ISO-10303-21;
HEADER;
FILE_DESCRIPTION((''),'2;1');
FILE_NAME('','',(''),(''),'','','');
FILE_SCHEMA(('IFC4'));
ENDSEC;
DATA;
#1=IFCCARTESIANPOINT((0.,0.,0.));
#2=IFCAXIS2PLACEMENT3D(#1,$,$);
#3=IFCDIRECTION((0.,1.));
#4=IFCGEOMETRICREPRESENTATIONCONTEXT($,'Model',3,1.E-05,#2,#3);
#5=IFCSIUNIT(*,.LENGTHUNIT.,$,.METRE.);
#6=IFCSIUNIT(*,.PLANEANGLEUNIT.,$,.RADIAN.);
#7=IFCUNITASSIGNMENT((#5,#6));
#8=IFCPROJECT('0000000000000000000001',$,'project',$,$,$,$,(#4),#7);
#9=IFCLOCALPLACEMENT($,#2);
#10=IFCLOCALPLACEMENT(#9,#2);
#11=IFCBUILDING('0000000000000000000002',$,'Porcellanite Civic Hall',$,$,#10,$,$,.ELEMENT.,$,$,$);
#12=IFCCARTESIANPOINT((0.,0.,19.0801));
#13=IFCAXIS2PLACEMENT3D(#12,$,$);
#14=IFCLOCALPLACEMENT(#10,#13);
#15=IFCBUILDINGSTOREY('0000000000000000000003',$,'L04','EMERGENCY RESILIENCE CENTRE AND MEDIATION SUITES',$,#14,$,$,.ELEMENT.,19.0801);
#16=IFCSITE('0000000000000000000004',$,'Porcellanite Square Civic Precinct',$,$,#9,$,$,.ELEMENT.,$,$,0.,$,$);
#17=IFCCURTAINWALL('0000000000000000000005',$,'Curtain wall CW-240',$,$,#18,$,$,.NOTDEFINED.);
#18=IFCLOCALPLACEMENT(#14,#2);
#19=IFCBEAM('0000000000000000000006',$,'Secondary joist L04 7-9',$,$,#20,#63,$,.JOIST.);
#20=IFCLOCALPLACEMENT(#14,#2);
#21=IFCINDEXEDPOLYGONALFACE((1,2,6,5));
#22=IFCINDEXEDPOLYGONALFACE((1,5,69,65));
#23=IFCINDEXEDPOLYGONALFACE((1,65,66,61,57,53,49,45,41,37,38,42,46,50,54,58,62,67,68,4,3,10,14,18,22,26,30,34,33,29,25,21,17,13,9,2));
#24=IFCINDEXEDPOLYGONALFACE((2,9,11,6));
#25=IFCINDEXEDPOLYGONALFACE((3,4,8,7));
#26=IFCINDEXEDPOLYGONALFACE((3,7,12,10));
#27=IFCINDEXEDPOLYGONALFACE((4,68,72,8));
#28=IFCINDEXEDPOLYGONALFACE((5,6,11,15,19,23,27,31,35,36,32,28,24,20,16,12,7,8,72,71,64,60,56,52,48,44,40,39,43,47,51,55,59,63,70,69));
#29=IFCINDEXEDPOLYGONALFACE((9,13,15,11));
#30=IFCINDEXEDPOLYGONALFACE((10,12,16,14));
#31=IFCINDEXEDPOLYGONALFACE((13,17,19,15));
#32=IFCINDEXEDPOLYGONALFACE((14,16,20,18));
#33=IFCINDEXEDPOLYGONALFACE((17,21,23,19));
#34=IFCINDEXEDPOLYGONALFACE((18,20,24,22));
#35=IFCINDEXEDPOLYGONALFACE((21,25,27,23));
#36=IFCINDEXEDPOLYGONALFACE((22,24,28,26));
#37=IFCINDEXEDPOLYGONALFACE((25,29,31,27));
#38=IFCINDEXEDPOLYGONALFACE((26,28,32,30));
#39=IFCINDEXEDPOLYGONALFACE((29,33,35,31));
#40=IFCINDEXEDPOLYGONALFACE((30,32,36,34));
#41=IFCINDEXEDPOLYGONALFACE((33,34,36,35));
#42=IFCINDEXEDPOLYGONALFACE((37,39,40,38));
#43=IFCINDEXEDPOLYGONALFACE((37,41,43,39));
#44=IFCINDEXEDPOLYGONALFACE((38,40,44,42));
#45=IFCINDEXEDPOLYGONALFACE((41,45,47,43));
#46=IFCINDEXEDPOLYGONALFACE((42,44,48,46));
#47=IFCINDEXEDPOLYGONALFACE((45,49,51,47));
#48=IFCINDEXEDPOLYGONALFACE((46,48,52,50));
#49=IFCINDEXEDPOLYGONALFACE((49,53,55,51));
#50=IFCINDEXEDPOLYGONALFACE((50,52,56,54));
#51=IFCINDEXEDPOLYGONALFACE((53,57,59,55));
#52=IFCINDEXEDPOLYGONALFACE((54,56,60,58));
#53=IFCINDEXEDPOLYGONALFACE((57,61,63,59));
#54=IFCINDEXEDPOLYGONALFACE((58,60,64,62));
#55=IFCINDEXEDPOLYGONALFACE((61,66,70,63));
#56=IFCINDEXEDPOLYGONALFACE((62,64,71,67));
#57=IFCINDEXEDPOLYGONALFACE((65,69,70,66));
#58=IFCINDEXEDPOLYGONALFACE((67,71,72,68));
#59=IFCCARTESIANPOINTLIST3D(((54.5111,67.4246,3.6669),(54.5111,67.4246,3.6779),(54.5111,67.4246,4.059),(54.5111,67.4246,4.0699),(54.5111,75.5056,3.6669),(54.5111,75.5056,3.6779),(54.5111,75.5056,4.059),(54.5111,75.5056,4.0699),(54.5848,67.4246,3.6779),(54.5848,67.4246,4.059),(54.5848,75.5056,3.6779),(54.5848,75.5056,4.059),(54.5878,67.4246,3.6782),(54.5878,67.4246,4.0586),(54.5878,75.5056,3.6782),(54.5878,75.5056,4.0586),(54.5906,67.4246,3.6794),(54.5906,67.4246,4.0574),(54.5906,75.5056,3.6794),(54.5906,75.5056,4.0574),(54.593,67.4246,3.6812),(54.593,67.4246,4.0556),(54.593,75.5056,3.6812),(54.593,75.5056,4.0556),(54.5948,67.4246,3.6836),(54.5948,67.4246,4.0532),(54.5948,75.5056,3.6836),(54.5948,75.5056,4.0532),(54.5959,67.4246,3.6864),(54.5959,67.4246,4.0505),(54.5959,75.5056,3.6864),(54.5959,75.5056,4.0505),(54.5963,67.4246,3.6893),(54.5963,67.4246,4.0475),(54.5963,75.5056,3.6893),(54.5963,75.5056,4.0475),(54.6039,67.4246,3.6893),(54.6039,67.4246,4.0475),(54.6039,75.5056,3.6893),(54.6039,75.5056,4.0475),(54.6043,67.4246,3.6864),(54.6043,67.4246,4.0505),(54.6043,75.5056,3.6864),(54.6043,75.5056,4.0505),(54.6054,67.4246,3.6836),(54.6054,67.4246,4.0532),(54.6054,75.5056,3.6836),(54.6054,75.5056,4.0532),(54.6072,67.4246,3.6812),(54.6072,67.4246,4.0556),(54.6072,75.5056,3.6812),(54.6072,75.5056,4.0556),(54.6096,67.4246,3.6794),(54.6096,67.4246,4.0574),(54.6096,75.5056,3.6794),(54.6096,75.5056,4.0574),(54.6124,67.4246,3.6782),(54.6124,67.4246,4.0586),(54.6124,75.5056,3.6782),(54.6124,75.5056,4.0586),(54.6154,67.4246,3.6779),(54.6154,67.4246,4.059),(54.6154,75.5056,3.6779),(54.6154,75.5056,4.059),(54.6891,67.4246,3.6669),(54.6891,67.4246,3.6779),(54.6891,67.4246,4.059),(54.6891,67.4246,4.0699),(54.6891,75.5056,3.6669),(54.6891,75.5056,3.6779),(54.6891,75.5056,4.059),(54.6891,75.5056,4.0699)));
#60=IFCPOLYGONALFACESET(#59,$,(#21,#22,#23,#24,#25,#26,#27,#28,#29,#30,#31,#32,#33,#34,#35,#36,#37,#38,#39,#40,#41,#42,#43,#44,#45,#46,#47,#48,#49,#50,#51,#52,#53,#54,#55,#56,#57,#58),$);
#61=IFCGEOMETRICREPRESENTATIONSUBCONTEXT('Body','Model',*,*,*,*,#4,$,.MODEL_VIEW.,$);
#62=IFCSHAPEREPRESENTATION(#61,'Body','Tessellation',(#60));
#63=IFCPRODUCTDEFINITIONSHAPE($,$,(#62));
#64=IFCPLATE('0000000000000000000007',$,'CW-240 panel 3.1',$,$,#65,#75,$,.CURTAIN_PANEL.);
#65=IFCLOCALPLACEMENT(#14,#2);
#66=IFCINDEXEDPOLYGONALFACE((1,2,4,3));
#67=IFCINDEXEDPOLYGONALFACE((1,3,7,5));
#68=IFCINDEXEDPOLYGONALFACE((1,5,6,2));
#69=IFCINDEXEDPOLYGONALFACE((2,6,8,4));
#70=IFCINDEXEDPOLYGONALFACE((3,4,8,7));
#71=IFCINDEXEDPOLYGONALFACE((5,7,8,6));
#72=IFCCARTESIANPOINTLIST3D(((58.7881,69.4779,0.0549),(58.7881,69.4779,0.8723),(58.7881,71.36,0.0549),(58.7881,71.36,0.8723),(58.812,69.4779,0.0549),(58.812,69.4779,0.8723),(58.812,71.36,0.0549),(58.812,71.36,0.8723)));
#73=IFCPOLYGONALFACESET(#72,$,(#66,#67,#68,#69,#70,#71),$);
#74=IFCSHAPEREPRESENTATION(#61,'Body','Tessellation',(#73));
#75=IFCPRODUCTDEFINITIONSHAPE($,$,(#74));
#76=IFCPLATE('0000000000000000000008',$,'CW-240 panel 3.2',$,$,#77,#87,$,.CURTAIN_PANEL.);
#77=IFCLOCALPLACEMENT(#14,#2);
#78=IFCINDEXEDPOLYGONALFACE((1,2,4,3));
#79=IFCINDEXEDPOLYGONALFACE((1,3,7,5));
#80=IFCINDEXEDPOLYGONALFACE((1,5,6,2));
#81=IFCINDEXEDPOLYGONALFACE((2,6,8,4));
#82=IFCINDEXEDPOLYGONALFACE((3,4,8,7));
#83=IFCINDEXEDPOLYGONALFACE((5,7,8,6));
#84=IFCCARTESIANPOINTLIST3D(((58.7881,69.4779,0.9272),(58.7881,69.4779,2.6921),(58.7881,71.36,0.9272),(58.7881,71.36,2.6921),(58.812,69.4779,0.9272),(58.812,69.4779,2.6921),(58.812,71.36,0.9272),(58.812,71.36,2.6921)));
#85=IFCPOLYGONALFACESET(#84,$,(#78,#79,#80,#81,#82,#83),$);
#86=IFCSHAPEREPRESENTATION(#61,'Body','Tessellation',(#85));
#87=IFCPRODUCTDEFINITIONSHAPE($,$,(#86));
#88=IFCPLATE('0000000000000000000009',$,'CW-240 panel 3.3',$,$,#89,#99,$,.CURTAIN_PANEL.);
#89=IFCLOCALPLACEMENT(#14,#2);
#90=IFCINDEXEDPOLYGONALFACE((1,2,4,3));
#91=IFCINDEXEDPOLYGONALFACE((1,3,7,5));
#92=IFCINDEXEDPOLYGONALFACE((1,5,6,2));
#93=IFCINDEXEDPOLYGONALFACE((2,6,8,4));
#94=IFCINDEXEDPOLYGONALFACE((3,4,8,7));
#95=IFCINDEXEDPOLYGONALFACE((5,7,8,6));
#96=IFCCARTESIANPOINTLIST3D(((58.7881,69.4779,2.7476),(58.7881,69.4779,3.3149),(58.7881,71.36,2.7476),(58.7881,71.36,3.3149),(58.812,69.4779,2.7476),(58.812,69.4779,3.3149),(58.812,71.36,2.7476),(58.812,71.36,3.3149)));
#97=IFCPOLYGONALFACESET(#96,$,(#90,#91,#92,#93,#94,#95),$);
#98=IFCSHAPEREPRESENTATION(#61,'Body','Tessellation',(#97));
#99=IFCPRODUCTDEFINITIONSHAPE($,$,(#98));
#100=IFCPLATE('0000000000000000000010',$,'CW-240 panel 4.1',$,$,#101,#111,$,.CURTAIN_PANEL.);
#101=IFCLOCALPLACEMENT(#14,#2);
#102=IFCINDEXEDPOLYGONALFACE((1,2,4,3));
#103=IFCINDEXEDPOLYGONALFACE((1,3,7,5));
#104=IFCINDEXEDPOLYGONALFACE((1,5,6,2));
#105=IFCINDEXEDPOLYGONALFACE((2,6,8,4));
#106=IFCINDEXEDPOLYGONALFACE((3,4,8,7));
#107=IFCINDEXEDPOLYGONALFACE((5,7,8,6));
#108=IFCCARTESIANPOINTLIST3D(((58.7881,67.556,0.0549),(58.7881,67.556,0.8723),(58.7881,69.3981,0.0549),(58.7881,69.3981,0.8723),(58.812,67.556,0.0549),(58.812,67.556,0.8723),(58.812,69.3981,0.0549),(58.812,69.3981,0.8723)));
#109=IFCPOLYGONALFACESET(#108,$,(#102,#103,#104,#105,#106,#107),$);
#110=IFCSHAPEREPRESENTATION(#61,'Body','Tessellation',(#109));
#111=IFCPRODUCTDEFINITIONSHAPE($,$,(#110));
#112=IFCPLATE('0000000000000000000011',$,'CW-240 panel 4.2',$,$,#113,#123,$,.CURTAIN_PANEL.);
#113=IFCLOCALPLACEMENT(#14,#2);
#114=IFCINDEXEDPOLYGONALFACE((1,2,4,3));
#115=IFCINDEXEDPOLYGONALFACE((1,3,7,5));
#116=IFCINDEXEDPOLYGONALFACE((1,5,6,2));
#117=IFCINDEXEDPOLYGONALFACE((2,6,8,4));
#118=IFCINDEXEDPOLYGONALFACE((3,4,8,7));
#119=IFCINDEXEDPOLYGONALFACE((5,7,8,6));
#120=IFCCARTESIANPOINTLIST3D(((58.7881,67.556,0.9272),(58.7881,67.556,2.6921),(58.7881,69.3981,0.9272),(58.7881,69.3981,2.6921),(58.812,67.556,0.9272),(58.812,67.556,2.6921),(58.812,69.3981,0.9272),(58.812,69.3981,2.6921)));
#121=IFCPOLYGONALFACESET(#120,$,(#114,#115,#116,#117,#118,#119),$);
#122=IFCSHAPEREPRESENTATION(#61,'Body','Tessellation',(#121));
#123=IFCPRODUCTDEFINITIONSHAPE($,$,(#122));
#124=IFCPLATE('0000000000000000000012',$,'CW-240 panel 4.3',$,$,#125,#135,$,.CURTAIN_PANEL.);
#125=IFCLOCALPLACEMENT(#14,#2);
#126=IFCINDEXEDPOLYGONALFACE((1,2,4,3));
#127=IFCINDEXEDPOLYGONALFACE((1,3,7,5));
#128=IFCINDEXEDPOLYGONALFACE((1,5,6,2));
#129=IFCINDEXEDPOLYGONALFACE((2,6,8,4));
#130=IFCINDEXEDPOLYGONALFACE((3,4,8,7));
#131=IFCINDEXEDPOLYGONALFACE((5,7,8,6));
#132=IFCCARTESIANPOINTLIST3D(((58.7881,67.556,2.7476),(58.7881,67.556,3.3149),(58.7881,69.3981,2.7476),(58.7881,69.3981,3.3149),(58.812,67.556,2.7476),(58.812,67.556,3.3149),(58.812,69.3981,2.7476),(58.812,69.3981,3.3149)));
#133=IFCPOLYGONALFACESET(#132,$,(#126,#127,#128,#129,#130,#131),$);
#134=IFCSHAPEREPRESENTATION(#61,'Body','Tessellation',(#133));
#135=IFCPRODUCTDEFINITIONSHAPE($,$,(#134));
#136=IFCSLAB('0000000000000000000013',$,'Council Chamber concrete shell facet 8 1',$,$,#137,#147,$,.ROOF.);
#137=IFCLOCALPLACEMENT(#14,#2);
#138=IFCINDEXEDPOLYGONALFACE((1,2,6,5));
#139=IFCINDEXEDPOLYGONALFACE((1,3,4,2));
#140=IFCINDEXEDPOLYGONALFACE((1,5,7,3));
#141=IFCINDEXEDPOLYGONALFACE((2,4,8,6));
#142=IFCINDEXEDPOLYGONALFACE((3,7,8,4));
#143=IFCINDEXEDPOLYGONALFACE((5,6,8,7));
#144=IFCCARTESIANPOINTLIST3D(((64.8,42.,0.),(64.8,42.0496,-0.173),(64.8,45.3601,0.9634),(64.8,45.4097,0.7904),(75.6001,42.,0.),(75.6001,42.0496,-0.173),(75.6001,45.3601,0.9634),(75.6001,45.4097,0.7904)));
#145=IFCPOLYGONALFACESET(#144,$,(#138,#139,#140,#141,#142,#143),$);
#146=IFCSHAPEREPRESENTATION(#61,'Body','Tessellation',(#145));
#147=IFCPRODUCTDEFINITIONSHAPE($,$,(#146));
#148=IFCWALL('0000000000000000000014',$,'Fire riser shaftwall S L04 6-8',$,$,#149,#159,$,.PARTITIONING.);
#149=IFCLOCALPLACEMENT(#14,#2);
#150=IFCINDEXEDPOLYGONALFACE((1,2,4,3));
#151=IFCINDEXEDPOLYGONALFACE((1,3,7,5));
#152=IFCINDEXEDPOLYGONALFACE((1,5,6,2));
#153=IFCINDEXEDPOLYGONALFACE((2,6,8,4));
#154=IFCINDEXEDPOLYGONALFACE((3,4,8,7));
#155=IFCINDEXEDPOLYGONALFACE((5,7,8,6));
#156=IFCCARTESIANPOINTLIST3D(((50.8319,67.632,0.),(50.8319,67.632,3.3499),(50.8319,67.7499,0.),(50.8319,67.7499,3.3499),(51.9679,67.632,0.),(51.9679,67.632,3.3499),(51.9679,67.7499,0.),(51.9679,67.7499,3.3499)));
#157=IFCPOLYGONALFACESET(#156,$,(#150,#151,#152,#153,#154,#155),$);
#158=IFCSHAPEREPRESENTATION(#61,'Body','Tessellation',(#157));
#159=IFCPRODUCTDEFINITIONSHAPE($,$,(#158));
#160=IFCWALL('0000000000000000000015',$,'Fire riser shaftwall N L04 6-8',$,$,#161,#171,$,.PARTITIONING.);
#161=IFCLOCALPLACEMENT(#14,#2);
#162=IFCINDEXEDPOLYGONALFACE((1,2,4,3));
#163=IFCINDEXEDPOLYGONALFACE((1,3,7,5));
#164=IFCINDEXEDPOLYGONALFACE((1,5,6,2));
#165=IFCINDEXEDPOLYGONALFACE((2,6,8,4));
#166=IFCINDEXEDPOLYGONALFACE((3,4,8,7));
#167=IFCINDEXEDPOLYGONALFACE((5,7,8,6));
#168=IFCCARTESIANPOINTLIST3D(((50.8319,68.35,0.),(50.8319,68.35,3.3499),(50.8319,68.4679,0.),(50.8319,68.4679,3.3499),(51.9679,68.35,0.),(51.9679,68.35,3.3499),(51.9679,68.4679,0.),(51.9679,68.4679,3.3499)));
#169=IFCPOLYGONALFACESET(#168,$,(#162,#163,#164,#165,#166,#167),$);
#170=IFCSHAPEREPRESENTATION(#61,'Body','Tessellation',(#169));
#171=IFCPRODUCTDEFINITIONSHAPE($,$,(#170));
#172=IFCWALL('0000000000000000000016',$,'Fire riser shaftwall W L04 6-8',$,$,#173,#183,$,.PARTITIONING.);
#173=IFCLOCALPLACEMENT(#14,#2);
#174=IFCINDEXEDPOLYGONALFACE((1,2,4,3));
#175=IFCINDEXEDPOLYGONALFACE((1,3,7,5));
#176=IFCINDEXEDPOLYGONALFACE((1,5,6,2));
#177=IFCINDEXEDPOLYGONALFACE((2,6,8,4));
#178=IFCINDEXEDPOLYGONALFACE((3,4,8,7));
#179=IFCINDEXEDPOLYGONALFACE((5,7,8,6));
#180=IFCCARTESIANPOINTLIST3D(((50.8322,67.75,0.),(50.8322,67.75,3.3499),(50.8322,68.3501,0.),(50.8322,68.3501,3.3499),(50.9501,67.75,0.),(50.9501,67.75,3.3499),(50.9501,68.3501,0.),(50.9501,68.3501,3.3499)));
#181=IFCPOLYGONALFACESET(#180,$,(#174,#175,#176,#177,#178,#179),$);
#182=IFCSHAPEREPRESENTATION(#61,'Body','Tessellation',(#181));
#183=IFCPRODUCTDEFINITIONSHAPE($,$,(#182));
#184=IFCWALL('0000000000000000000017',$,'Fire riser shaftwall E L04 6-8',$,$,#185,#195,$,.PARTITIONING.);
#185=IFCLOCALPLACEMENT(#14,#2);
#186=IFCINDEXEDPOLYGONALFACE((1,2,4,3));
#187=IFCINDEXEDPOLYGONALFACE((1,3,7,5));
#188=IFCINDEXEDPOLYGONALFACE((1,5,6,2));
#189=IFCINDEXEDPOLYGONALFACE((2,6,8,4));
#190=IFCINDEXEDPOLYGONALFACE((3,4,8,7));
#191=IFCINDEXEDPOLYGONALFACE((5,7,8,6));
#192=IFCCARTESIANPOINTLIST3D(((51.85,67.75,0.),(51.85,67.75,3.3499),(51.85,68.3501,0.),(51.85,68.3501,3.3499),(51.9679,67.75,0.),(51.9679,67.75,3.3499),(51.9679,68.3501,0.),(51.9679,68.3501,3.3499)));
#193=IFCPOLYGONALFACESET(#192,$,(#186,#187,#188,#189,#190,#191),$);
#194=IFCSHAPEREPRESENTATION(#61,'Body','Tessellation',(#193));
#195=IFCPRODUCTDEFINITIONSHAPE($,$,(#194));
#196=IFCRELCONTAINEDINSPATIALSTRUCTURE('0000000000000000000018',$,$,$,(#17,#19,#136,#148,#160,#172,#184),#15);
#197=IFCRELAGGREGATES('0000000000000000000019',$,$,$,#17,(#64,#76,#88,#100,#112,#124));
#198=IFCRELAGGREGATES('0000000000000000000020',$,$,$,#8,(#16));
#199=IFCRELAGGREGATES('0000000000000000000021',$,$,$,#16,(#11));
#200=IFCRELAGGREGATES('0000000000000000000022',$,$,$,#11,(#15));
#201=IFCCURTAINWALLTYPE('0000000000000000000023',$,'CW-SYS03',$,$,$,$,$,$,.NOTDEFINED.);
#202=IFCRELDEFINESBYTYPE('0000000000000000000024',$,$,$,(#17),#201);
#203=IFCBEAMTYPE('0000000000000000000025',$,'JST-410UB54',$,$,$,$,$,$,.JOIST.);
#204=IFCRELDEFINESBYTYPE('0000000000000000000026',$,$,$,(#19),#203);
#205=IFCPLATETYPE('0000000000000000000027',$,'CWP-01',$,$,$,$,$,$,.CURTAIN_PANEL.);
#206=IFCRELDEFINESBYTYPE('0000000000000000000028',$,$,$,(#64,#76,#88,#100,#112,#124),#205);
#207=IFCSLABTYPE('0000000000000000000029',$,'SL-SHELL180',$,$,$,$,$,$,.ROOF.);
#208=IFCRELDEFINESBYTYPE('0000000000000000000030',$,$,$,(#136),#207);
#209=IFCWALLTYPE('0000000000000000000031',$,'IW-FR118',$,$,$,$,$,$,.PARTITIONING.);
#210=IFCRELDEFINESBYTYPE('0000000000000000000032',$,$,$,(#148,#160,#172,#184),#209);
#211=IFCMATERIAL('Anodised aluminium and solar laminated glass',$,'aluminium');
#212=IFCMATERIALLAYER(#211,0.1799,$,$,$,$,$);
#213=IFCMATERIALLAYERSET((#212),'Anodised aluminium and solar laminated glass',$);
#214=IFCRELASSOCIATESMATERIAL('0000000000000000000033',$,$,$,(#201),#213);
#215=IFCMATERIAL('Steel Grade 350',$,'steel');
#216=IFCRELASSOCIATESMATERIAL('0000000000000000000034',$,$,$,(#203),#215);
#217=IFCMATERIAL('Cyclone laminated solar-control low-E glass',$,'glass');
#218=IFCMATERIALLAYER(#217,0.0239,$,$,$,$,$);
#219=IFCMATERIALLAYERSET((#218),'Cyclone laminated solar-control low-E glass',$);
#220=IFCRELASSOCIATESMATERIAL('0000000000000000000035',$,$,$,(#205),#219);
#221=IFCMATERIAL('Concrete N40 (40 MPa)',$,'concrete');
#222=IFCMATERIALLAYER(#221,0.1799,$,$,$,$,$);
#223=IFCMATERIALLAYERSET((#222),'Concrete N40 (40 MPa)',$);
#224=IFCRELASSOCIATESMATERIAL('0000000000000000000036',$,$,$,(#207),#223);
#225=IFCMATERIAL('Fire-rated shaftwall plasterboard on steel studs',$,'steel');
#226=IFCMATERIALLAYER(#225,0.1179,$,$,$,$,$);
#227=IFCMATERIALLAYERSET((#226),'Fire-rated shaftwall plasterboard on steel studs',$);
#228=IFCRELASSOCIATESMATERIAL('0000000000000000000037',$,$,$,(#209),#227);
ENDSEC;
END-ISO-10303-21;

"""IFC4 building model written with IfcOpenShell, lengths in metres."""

from ifc_helpers import new_model, si_unit, direction, frame, frame_2d, origin, origin_2d, place, context, subcontext, project, spatial, polyline, rectangle, i_section, outline, extrude, material, layer, layer_set, material_profile, profile_set, type_object, element, aggregate, save


model = new_model("IFC4")

# Units and contexts
model_context = context("Model", 3, precision=1e-05, world=origin(), true_north=direction((0.0, 1.0)))
body_context = subcontext(model_context, "Body", "Model", "MODEL_VIEW")
ifc_project = project(units=[si_unit("LENGTHUNIT", "METRE"), si_unit("PLANEANGLEUNIT", "RADIAN")], contexts=[model_context])

# Site, building, storey
site_placement = place(None, origin())
site = spatial("IfcSite", under=ifc_project, at=site_placement, Name="Porcellanite Square Civic Precinct", CompositionType="ELEMENT", RefElevation=0.0)
building_placement = place(site_placement, origin())
building = spatial("IfcBuilding", under=site, at=building_placement, Name="Porcellanite Civic Hall", CompositionType="ELEMENT")
storey_placement = place(building_placement, frame((0.0, 0.0, 19.0801)))
storey = spatial("IfcBuildingStorey", under=building, at=storey_placement, Name="L04", Description="EMERGENCY RESILIENCE CENTRE AND MEDIATION SUITES", CompositionType="ELEMENT", Elevation=19.0801)

# Curtain wall
ifc_material_1 = material(Name="Anodised aluminium and solar laminated glass", Category="aluminium")
ifc_layer_1 = layer(ifc_material_1, 0.1799)
ifc_layer_set_1 = layer_set([ifc_layer_1], Name="Anodised aluminium and solar laminated glass")
curtain_wall_type = type_object("IfcCurtainWallType", Name="CW-SYS03", PredefinedType="NOTDEFINED", material=ifc_layer_set_1)
curtain_wall_placement = place(storey_placement, origin())
curtain_wall = element("IfcCurtainWall", 1, at=curtain_wall_placement, inside=storey, type_object=curtain_wall_type, Name="Curtain wall CW-240", PredefinedType="NOTDEFINED")

# Beam
ifc_material_2 = material(Name="Steel Grade 350", Category="steel")
ifc_material_profile_1 = material_profile(ifc_material_2, i_section(OverallWidth=0.178, OverallDepth=0.4031, WebThickness=0.0076, FlangeThickness=0.011, FilletRadius=0.0115, at=origin_2d()), Name="410UB53.7")
ifc_profile_set_1 = profile_set([ifc_material_profile_1], Name="Steel Grade 350")
beam_type_1 = type_object("IfcBeamType", Name="JST-410UB54", PredefinedType="JOIST", material=ifc_profile_set_1)
beam_placement = place(storey_placement, frame((54.6001, 67.4246, 3.8684), z_axis=(0.0, 1.0, 0.0), x_axis=(-1.0, 0.0, 0.0)))
element("IfcBeam", 2, at=beam_placement, inside=storey, type_object=beam_type_1, Name="Secondary joist L04 7-9", PredefinedType="JOIST", context=body_context, shape_type="SweptSolid", body=[
    extrude(i_section(OverallWidth=0.178, OverallDepth=0.4031, WebThickness=0.0076, FlangeThickness=0.011, FilletRadius=0.0115, at=origin_2d()), origin(), (0.0, 0.0, 1.0), 8.0811),
])

# Plates
ifc_material_3 = material(Name="Cyclone laminated solar-control low-E glass", Category="glass")
ifc_layer_2 = layer(ifc_material_3, 0.0239)
ifc_layer_set_2 = layer_set([ifc_layer_2], Name="Cyclone laminated solar-control low-E glass")
plate_type = type_object("IfcPlateType", Name="CWP-01", PredefinedType="CURTAIN_PANEL", material=ifc_layer_set_2)
plate_1_placement = place(storey_placement, frame((58.8, 70.4189, 0.0549), z_axis=(0.0, 0.0, 1.0), x_axis=(0.0, -1.0, 0.0)))
plate_1 = element("IfcPlate", 3, at=plate_1_placement, type_object=plate_type, Name="CW-240 panel 3.1", PredefinedType="CURTAIN_PANEL", context=body_context, shape_type="SweptSolid", body=[
    extrude(rectangle(XDim=1.8821, YDim=0.0239, at=origin_2d()), origin(), (0.0, 0.0, 1.0), 0.8174),
])
plate_2_placement = place(storey_placement, frame((58.8, 70.4189, 0.9272), z_axis=(0.0, 0.0, 1.0), x_axis=(0.0, -1.0, 0.0)))
plate_2 = element("IfcPlate", 4, at=plate_2_placement, type_object=plate_type, Name="CW-240 panel 3.2", PredefinedType="CURTAIN_PANEL", context=body_context, shape_type="SweptSolid", body=[
    extrude(rectangle(XDim=1.8821, YDim=0.0239, at=origin_2d()), origin(), (0.0, 0.0, 1.0), 1.7649),
])
plate_3_placement = place(storey_placement, frame((58.8, 70.4189, 2.7476), z_axis=(0.0, 0.0, 1.0), x_axis=(0.0, -1.0, 0.0)))
plate_3 = element("IfcPlate", 5, at=plate_3_placement, type_object=plate_type, Name="CW-240 panel 3.3", PredefinedType="CURTAIN_PANEL", context=body_context, shape_type="SweptSolid", body=[
    extrude(rectangle(XDim=1.8821, YDim=0.0239, at=origin_2d()), origin(), (0.0, 0.0, 1.0), 0.5674),
])
plate_4_placement = place(storey_placement, frame((58.8, 68.4771, 0.0549), z_axis=(0.0, 0.0, 1.0), x_axis=(0.0, -1.0, 0.0)))
plate_4 = element("IfcPlate", 6, at=plate_4_placement, type_object=plate_type, Name="CW-240 panel 4.1", PredefinedType="CURTAIN_PANEL", context=body_context, shape_type="SweptSolid", body=[
    extrude(rectangle(XDim=1.842, YDim=0.0239, at=origin_2d()), origin(), (0.0, 0.0, 1.0), 0.8174),
])
plate_5_placement = place(storey_placement, frame((58.8, 68.4771, 0.9272), z_axis=(0.0, 0.0, 1.0), x_axis=(0.0, -1.0, 0.0)))
plate_5 = element("IfcPlate", 7, at=plate_5_placement, type_object=plate_type, Name="CW-240 panel 4.2", PredefinedType="CURTAIN_PANEL", context=body_context, shape_type="SweptSolid", body=[
    extrude(rectangle(XDim=1.842, YDim=0.0239, at=origin_2d()), origin(), (0.0, 0.0, 1.0), 1.7649),
])
plate_6_placement = place(storey_placement, frame((58.8, 68.4771, 2.7476), z_axis=(0.0, 0.0, 1.0), x_axis=(0.0, -1.0, 0.0)))
plate_6 = element("IfcPlate", 8, at=plate_6_placement, type_object=plate_type, Name="CW-240 panel 4.3", PredefinedType="CURTAIN_PANEL", context=body_context, shape_type="SweptSolid", body=[
    extrude(rectangle(XDim=1.842, YDim=0.0239, at=origin_2d()), origin(), (0.0, 0.0, 1.0), 0.5674),
])
aggregate(curtain_wall, [plate_1, plate_2, plate_3, plate_4, plate_5, plate_6])

# Slab
ifc_material_4 = material(Name="Concrete N40 (40 MPa)", Category="concrete")
ifc_layer_3 = layer(ifc_material_4, 0.1799)
ifc_layer_set_3 = layer_set([ifc_layer_3], Name="Concrete N40 (40 MPa)")
slab_type = type_object("IfcSlabType", Name="SL-SHELL180", PredefinedType="ROOF", material=ifc_layer_set_3)
slab_placement = place(storey_placement, frame((64.8, 42.0, 0.0), z_axis=(0.0, -0.275607, 0.961271), x_axis=(1.0, 0.0, 0.0)))
element("IfcSlab", 9, at=slab_placement, inside=storey, type_object=slab_type, Name="Council Chamber concrete shell facet 8 1", PredefinedType="ROOF", context=body_context, shape_type="SweptSolid", body=[
    extrude(outline(polyline([(0.0, 0.0), (10.8, 0.0), (10.8, 3.4955), (0.0, 3.4955), (0.0, 0.0)])), origin(), (0.0, 0.0, -1.0), 0.1799),
])

# Walls
ifc_material_5 = material(Name="Fire-rated shaftwall plasterboard on steel studs", Category="steel")
ifc_layer_4 = layer(ifc_material_5, 0.1179)
ifc_layer_set_4 = layer_set([ifc_layer_4], Name="Fire-rated shaftwall plasterboard on steel studs")
wall_type_1 = type_object("IfcWallType", Name="IW-FR118", PredefinedType="PARTITIONING", material=ifc_layer_set_4)
for number, where, z_axis, x_axis, name in (
    (10, (50.832, 67.6909, 0.0), (0.0, 0.0, 1.0), (1.0, 0.0, 0.0), "Fire riser shaftwall S L04 6-8"),
    (11, (50.832, 68.4089, 0.0), (0.0, 0.0, 1.0), (1.0, 0.0, 0.0), "Fire riser shaftwall N L04 6-8"),
):
    element("IfcWall", number, at=place(storey_placement, frame(where, z_axis=z_axis, x_axis=x_axis)), inside=storey, type_object=wall_type_1, Name=name, PredefinedType="PARTITIONING", context=body_context, shape_type="SweptSolid", body=[
        extrude(rectangle(XDim=1.136, YDim=0.1179, at=frame_2d((0.5679, 0.0))), origin(), (0.0, 0.0, 1.0), 3.3499),
    ])
for number, where, z_axis, x_axis, name in (
    (12, (50.8911, 67.75, 0.0), (0.0, 0.0, 1.0), (0.0, 1.0, 0.0), "Fire riser shaftwall W L04 6-8"),
    (13, (51.9089, 67.75, 0.0), (0.0, 0.0, 1.0), (0.0, 1.0, 0.0), "Fire riser shaftwall E L04 6-8"),
):
    element("IfcWall", number, at=place(storey_placement, frame(where, z_axis=z_axis, x_axis=x_axis)), inside=storey, type_object=wall_type_1, Name=name, PredefinedType="PARTITIONING", context=body_context, shape_type="SweptSolid", body=[
        extrude(rectangle(XDim=0.6001, YDim=0.1179, at=frame_2d((0.3, 0.0))), origin(), (0.0, 0.0, 1.0), 3.3499),
    ])

save(model, "model.ifc")
